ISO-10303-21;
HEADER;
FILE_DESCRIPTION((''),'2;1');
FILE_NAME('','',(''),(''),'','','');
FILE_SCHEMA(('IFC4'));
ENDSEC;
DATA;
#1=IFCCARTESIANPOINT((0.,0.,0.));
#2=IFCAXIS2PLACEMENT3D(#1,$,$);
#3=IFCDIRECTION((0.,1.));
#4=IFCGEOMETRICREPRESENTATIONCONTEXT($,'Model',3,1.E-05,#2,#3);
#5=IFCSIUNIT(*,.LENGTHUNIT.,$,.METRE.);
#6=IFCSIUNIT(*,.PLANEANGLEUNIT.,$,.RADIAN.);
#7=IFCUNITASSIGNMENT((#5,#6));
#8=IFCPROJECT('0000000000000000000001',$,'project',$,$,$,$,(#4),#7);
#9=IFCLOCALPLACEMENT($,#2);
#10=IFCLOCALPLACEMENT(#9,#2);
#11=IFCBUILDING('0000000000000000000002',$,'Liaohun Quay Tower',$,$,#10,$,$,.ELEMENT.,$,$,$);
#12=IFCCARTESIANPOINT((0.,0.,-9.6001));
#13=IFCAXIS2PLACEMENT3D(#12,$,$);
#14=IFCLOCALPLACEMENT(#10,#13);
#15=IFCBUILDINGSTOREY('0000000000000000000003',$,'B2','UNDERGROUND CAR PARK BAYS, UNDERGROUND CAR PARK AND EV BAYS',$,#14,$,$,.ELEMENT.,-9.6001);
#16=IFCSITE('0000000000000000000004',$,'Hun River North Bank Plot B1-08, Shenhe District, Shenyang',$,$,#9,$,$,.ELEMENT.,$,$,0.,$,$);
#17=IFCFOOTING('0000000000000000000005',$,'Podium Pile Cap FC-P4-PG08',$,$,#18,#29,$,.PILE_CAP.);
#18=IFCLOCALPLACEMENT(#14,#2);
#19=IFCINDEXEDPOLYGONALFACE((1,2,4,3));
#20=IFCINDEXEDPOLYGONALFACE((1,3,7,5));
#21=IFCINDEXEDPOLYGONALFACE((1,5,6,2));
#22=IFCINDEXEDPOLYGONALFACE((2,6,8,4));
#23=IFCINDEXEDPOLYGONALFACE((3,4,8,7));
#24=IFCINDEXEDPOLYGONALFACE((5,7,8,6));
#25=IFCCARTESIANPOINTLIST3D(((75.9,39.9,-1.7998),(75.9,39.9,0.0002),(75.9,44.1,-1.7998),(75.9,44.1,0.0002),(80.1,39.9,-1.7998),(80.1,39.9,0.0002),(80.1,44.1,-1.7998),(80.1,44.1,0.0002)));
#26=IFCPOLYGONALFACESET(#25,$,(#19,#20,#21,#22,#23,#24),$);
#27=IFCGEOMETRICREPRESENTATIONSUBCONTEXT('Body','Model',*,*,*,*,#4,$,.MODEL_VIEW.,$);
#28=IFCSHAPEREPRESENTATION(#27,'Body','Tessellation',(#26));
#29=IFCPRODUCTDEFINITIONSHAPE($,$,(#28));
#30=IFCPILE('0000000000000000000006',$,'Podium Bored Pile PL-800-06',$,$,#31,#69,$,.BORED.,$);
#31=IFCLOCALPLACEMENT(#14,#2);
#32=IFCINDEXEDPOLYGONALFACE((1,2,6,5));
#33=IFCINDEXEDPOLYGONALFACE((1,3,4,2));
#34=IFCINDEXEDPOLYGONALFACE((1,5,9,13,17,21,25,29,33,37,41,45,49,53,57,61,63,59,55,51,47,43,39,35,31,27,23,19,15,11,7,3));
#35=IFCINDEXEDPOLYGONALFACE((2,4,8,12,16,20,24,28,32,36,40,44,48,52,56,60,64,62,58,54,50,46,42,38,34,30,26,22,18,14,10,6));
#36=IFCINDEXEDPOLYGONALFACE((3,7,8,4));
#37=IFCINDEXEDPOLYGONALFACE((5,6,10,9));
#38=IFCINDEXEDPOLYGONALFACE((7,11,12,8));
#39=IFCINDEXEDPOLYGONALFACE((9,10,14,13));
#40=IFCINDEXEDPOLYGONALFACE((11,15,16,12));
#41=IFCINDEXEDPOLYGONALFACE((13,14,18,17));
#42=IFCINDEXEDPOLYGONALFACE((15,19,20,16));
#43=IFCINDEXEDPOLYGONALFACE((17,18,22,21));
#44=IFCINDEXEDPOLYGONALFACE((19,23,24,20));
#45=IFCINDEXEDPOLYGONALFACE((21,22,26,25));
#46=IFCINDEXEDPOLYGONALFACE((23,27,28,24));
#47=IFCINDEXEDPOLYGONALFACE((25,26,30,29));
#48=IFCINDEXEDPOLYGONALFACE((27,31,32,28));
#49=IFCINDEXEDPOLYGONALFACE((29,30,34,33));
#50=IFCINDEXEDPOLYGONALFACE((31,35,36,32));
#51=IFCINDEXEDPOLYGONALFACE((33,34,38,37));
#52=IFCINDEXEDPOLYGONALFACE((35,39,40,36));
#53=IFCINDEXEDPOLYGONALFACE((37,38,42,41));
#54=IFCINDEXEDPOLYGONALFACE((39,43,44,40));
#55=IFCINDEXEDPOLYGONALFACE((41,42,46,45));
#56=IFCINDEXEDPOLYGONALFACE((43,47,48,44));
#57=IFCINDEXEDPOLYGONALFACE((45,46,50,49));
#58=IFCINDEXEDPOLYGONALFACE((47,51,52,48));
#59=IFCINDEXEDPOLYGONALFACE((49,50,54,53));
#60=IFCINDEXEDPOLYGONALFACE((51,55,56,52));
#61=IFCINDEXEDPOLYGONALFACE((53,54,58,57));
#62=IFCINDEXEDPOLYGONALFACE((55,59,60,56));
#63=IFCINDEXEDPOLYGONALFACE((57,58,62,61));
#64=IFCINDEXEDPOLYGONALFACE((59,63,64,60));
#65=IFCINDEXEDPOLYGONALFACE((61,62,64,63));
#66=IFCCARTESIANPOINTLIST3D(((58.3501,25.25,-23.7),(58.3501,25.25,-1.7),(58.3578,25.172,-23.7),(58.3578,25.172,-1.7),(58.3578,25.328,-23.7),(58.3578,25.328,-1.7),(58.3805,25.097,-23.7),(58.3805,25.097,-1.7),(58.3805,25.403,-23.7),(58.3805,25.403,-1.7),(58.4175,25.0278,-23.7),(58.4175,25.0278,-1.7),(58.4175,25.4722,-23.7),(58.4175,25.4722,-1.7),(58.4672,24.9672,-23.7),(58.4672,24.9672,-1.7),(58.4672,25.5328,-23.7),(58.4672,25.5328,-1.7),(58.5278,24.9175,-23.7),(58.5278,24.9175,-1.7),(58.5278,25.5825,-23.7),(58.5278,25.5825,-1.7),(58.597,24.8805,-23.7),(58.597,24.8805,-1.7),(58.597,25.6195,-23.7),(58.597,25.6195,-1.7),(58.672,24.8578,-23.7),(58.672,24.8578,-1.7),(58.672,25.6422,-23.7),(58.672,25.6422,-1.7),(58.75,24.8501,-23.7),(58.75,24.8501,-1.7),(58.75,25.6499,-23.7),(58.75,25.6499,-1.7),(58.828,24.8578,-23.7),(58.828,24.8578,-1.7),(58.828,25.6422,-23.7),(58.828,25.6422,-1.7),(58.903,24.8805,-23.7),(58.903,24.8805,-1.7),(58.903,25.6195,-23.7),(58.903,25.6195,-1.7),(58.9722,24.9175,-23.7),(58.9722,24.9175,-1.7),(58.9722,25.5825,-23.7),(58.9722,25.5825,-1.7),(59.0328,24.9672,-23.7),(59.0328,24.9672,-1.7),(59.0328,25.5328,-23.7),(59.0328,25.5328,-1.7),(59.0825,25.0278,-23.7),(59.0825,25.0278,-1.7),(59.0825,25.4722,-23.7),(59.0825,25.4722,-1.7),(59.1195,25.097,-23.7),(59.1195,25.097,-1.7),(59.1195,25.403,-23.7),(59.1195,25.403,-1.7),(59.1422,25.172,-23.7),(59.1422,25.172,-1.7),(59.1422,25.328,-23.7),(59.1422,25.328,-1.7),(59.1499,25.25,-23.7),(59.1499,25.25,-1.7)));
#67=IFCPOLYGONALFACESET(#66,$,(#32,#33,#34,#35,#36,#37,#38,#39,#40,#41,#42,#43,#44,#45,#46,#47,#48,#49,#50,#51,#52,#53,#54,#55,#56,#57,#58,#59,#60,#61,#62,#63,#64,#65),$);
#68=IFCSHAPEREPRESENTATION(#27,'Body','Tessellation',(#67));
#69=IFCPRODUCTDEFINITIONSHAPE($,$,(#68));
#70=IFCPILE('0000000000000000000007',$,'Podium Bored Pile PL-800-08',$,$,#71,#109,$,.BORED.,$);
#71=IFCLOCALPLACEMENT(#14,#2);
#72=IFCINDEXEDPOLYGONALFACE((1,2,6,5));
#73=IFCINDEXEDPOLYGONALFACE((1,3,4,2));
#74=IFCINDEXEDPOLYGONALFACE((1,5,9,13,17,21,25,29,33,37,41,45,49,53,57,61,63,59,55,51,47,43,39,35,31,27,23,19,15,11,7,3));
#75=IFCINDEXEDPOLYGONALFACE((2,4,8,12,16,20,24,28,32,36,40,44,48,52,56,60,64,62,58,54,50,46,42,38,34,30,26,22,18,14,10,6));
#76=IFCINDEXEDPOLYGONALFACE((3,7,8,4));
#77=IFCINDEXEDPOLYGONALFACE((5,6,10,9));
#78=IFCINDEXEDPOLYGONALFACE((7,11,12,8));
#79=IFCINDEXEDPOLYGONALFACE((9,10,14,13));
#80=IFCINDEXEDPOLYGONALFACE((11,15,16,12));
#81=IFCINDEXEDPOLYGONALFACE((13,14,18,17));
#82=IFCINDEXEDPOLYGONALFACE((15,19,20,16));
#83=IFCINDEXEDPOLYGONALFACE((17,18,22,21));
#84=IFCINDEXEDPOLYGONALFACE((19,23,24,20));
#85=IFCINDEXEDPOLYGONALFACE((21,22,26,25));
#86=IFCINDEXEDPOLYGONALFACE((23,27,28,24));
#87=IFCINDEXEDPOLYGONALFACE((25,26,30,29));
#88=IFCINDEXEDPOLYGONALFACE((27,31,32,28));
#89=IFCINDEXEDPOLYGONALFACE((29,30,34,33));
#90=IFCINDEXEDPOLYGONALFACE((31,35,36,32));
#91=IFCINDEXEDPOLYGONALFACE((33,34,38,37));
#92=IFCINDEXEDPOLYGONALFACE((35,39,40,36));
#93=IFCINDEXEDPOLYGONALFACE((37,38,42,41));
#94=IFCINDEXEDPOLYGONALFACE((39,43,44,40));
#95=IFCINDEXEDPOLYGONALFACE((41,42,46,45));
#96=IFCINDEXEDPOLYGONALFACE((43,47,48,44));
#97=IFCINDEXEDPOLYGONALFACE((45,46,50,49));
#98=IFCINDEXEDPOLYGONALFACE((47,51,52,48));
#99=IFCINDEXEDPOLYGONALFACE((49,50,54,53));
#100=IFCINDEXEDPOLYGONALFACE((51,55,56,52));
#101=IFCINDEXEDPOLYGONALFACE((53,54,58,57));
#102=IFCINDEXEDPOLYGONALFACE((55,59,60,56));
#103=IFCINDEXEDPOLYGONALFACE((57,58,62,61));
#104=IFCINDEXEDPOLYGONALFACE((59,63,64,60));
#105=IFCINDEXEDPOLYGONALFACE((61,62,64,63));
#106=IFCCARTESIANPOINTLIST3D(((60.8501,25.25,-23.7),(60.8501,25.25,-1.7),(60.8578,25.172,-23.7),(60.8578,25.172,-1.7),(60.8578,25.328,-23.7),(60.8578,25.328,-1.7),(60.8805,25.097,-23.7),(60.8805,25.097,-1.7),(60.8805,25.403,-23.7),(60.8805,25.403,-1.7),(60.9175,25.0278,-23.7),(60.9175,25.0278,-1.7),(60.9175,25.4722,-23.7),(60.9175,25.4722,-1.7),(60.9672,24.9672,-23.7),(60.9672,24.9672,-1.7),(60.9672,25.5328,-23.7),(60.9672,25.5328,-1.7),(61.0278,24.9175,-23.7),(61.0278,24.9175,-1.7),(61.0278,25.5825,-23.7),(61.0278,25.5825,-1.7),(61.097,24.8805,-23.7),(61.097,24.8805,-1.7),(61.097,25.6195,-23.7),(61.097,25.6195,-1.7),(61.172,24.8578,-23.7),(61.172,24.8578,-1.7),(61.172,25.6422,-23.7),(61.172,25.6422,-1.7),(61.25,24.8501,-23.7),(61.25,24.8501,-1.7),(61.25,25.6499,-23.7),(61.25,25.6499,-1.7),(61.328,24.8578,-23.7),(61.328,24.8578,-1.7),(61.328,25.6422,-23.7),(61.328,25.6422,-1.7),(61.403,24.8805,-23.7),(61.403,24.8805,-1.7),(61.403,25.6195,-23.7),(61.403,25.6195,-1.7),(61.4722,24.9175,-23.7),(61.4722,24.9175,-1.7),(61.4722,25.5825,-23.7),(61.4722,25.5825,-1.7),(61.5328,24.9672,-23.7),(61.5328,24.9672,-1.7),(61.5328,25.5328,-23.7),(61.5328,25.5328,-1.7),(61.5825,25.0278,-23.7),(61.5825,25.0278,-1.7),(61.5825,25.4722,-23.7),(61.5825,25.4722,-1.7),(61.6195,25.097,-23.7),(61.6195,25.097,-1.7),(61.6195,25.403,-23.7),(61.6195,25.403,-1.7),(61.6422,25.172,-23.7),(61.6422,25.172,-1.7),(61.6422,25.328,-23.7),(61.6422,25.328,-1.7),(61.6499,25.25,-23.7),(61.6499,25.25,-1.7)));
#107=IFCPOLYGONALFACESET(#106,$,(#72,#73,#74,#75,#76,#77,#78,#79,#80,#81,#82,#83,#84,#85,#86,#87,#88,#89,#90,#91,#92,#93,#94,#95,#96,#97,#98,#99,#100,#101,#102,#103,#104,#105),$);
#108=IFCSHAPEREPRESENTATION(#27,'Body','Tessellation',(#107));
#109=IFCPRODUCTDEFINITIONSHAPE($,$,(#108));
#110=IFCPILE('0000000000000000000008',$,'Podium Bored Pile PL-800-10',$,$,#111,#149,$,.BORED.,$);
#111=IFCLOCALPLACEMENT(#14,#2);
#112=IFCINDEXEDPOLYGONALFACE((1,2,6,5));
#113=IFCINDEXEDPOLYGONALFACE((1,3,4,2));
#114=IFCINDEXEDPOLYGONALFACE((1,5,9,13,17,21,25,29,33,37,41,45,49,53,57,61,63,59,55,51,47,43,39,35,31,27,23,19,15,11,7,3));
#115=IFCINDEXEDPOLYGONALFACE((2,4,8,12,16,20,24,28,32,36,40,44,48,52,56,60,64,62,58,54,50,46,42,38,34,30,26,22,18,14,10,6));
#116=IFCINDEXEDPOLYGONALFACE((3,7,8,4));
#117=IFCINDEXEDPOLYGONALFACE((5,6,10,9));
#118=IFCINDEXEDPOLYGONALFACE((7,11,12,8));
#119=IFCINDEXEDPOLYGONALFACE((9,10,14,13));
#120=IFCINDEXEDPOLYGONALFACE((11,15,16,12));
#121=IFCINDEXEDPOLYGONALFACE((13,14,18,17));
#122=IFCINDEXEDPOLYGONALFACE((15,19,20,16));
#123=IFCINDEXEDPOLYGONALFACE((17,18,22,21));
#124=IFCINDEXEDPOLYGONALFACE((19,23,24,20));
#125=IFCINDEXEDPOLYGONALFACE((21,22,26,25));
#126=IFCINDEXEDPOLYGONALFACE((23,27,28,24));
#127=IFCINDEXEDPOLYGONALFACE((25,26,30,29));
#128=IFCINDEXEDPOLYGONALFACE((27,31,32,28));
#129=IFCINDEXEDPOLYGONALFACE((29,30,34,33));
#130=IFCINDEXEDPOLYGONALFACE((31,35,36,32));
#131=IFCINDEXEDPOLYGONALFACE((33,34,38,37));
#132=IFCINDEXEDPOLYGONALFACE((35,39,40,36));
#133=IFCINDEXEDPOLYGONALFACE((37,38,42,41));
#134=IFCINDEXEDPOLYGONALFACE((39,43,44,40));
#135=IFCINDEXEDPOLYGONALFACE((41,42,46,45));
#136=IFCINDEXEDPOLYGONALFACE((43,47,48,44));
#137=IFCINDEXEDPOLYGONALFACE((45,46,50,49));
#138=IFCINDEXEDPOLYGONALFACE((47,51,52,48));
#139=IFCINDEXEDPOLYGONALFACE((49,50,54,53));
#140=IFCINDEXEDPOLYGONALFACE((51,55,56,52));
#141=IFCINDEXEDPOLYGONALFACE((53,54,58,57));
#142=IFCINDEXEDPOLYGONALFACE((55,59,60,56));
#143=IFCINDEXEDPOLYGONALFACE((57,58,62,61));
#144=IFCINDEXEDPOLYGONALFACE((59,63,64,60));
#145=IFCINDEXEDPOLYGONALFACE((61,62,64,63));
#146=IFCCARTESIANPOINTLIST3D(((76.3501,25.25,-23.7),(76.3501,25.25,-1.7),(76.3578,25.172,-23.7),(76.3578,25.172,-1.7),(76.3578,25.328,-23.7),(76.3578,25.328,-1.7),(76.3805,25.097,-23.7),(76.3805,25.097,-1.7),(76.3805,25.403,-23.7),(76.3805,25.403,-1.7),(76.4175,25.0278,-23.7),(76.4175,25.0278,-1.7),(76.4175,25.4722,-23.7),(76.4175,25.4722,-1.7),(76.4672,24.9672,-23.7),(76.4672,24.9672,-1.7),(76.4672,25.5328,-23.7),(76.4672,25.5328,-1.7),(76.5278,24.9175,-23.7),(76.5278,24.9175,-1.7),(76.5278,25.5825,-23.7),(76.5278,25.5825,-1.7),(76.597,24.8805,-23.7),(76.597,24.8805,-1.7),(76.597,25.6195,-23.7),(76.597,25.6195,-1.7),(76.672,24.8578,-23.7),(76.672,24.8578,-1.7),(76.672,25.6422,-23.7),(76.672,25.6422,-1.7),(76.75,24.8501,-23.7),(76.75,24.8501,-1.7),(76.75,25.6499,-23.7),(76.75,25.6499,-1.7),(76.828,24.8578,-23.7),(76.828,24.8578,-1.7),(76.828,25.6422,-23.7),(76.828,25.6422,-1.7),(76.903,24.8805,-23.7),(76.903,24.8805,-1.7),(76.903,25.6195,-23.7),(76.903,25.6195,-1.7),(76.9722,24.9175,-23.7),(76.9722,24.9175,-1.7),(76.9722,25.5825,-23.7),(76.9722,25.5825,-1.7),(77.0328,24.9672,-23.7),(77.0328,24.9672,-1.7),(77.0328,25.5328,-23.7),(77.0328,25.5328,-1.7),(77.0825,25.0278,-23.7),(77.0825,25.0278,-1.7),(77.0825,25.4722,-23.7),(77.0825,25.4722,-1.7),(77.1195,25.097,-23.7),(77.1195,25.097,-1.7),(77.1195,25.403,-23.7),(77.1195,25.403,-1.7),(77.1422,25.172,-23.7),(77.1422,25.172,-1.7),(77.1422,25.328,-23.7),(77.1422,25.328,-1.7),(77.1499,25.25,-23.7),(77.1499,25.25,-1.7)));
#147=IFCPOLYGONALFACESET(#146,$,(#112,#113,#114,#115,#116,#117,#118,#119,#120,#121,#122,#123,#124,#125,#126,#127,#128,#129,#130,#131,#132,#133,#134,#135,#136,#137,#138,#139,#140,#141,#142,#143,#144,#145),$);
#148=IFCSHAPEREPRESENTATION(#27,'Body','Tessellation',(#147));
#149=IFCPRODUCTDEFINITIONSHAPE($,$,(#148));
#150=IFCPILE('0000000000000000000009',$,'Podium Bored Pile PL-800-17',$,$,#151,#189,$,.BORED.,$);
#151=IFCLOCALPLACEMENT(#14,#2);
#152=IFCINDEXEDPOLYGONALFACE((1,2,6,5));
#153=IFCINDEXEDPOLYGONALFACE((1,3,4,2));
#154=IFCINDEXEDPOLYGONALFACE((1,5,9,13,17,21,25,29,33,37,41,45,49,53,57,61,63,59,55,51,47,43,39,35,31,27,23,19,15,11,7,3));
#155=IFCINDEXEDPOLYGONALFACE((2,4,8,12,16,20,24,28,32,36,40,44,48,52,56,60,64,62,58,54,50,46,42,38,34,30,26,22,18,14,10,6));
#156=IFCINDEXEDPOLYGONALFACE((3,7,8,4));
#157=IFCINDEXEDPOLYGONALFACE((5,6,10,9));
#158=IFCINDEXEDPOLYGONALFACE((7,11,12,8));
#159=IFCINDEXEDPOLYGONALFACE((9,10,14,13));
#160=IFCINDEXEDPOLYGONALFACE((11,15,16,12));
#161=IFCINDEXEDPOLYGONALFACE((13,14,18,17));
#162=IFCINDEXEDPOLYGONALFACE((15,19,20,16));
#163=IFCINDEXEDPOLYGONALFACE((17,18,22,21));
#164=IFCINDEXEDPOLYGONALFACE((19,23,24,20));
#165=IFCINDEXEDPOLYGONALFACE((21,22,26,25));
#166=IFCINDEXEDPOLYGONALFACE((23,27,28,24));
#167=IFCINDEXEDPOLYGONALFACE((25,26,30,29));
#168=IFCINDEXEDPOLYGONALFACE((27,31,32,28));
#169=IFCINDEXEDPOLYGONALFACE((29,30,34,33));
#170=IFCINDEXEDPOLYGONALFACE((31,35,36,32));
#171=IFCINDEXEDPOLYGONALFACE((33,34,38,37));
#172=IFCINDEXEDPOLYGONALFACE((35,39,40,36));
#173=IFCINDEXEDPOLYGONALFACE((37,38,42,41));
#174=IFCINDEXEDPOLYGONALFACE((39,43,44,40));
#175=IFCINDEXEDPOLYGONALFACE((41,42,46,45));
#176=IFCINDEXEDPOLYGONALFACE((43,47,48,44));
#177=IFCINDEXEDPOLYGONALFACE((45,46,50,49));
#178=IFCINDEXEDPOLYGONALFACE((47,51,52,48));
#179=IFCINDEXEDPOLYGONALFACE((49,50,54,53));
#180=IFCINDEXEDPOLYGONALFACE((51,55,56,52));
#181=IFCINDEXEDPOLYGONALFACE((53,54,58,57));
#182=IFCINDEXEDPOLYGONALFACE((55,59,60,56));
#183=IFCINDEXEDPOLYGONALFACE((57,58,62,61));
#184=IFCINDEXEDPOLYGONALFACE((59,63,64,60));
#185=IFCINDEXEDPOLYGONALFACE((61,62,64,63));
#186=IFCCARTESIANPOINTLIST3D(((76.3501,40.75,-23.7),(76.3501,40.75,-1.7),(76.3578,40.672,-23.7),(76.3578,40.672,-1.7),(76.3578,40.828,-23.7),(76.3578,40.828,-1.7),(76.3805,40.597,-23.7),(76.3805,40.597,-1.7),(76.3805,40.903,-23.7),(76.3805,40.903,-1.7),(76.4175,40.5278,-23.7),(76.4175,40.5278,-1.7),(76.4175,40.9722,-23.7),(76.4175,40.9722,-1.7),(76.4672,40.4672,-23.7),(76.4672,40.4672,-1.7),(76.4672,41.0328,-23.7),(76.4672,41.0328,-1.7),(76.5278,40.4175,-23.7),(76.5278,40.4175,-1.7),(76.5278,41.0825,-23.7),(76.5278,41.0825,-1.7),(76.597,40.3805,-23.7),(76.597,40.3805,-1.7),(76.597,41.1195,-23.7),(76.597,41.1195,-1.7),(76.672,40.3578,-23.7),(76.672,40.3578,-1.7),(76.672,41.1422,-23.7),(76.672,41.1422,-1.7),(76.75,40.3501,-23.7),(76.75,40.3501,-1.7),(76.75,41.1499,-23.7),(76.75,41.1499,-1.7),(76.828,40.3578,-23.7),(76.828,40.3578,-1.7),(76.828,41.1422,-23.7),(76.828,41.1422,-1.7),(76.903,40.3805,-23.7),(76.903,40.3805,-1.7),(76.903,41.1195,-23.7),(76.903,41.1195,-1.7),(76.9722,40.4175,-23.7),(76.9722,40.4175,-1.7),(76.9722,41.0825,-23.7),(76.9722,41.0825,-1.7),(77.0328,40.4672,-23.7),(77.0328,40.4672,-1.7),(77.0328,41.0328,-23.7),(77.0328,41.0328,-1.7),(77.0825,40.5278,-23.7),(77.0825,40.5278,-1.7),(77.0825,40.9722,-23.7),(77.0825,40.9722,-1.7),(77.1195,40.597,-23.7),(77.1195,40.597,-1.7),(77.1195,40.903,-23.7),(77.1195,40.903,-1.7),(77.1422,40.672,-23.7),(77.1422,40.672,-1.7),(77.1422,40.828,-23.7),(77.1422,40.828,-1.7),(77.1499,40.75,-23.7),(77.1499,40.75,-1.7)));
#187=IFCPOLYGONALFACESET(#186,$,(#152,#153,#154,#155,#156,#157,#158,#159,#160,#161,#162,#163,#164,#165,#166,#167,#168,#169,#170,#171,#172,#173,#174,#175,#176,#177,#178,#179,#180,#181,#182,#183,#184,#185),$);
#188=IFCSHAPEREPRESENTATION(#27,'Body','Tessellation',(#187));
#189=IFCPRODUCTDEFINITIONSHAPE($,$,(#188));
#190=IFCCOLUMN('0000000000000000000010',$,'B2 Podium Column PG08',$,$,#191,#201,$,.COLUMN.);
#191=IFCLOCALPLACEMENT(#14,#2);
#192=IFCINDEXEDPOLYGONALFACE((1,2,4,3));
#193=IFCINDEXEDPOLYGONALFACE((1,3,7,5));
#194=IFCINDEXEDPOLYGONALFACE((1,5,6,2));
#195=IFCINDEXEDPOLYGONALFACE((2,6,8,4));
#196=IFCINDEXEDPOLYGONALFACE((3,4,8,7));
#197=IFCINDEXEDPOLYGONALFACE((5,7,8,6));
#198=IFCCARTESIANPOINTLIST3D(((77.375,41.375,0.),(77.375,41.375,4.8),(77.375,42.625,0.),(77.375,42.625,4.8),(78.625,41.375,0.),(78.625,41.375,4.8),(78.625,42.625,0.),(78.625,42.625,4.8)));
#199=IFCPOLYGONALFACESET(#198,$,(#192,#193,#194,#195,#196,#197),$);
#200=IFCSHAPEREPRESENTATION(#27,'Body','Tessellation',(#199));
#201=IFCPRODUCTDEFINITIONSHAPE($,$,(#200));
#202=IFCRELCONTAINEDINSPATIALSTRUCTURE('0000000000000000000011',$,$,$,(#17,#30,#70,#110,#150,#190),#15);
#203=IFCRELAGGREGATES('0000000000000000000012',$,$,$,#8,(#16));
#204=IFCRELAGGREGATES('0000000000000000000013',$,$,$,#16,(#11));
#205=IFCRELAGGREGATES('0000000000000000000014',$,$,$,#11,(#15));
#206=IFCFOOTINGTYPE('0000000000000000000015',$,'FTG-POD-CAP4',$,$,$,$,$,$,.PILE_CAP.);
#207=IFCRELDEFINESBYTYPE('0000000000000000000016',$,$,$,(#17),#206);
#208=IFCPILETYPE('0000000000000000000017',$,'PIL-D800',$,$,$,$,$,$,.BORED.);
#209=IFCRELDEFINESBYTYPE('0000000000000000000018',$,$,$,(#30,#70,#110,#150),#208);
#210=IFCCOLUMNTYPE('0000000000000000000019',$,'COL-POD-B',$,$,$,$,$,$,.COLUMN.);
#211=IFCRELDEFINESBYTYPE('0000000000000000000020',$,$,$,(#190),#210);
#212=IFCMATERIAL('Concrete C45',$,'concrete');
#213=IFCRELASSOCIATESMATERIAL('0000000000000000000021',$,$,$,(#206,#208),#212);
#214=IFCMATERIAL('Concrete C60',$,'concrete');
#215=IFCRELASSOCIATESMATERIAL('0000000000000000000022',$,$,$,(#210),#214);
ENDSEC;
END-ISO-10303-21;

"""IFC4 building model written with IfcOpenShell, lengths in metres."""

from ifc_helpers import new_model, si_unit, direction, frame, origin, origin_2d, place, context, subcontext, project, spatial, rectangle, circle, extrude, source, transform, mapped, material, material_profile, profile_set, type_object, element, save


model = new_model("IFC4")

# Units and contexts
model_context = context("Model", 3, precision=1e-05, world=origin(), true_north=direction((0.0, 1.0)))
body_context = subcontext(model_context, "Body", "Model", "MODEL_VIEW")
ifc_project = project(units=[si_unit("LENGTHUNIT", "METRE"), si_unit("PLANEANGLEUNIT", "RADIAN")], contexts=[model_context])

# Site, building, storey
site_placement = place(None, origin())
site = spatial("IfcSite", under=ifc_project, at=site_placement, Name="Hun River North Bank Plot B1-08, Shenhe District, Shenyang", CompositionType="ELEMENT", RefElevation=0.0)
building_placement = place(site_placement, origin())
building = spatial("IfcBuilding", under=site, at=building_placement, Name="Liaohun Quay Tower", CompositionType="ELEMENT")
storey_placement = place(building_placement, frame((0.0, 0.0, -9.6001)))
storey = spatial("IfcBuildingStorey", under=building, at=storey_placement, Name="B2", Description="UNDERGROUND CAR PARK BAYS, UNDERGROUND CAR PARK AND EV BAYS", CompositionType="ELEMENT", Elevation=-9.6001)

# Footing
ifc_material_1 = material(Name="Concrete C45", Category="concrete")
footing_type = type_object("IfcFootingType", Name="FTG-POD-CAP4", PredefinedType="PILE_CAP", material=ifc_material_1)
shared_shape_1 = source(origin(), body_context, "Body", "SweptSolid", [
    extrude(rectangle(XDim=4.2, YDim=4.2, at=origin_2d()), origin(), (0.0, 0.0, 1.0), 1.8),
])
footing_placement = place(storey_placement, frame((78.0, 42.0, -1.7998), z_axis=(0.0, 0.0, 1.0), x_axis=(1.0, 0.0, 0.0)))
element("IfcFooting", 1, at=footing_placement, inside=storey, type_object=footing_type, Name="Podium Pile Cap FC-P4-PG08", PredefinedType="PILE_CAP", context=body_context, shape_type="MappedRepresentation", body=[
    mapped(shared_shape_1, transform((0.0, 0.0, 0.0), x_axis=(1.0, 0.0, 0.0), y_axis=(0.0, 1.0, 0.0), z_axis=(0.0, 0.0, 1.0), scale=1.0)),
])

# Piles
ifc_material_profile_1 = material_profile(ifc_material_1, circle(Radius=0.3999, at=origin_2d()), Name="PILE-D800")
ifc_profile_set_1 = profile_set([ifc_material_profile_1], Name="Concrete C45")
pile_type = type_object("IfcPileType", Name="PIL-D800", PredefinedType="BORED", material=ifc_profile_set_1)
shared_shape_2 = source(origin(), body_context, "Body", "SweptSolid", [
    extrude(circle(Radius=0.3999, at=origin_2d()), origin(), (0.0, 0.0, 1.0), 22.0),
])
for number, where, z_axis, x_axis, name in (
    (2, (58.75, 25.25, -1.7), (0.0, 0.0, -1.0), (1.0, 0.0, 0.0), "Podium Bored Pile PL-800-06"),
    (3, (61.25, 25.25, -1.7), (0.0, 0.0, -1.0), (1.0, 0.0, 0.0), "Podium Bored Pile PL-800-08"),
    (4, (76.75, 25.25, -1.7), (0.0, 0.0, -1.0), (1.0, 0.0, 0.0), "Podium Bored Pile PL-800-10"),
    (5, (76.75, 40.75, -1.7), (0.0, 0.0, -1.0), (1.0, 0.0, 0.0), "Podium Bored Pile PL-800-17"),
):
    element("IfcPile", number, at=place(storey_placement, frame(where, z_axis=z_axis, x_axis=x_axis)), inside=storey, type_object=pile_type, Name=name, PredefinedType="BORED", context=body_context, shape_type="MappedRepresentation", body=[
        mapped(shared_shape_2, transform((0.0, 0.0, 0.0), x_axis=(1.0, 0.0, 0.0), y_axis=(0.0, 1.0, 0.0), z_axis=(0.0, 0.0, 1.0), scale=1.0)),
    ])

# Column
ifc_material_2 = material(Name="Concrete C60", Category="concrete")
ifc_material_profile_2 = material_profile(ifc_material_2, rectangle(XDim=1.25, YDim=1.25, at=origin_2d()), Name="RC1250x1250")
ifc_profile_set_2 = profile_set([ifc_material_profile_2], Name="Concrete C60")
column_type_1 = type_object("IfcColumnType", Name="COL-POD-B", PredefinedType="COLUMN", material=ifc_profile_set_2)
shared_shape_3 = source(origin(), body_context, "Body", "SweptSolid", [
    extrude(rectangle(XDim=1.25, YDim=1.25, at=origin_2d()), origin(), (0.0, 0.0, 1.0), 4.8),
])
column_1_placement = place(storey_placement, frame((78.0, 42.0, 0.0), z_axis=(0.0, 0.0, 1.0), x_axis=(1.0, 0.0, 0.0)))
element("IfcColumn", 6, at=column_1_placement, inside=storey, type_object=column_type_1, Name="B2 Podium Column PG08", PredefinedType="COLUMN", context=body_context, shape_type="MappedRepresentation", body=[
    mapped(shared_shape_3, transform((0.0, 0.0, 0.0), x_axis=(1.0, 0.0, 0.0), y_axis=(0.0, 1.0, 0.0), z_axis=(0.0, 0.0, 1.0), scale=1.0)),
])

save(model, "model.ifc")
